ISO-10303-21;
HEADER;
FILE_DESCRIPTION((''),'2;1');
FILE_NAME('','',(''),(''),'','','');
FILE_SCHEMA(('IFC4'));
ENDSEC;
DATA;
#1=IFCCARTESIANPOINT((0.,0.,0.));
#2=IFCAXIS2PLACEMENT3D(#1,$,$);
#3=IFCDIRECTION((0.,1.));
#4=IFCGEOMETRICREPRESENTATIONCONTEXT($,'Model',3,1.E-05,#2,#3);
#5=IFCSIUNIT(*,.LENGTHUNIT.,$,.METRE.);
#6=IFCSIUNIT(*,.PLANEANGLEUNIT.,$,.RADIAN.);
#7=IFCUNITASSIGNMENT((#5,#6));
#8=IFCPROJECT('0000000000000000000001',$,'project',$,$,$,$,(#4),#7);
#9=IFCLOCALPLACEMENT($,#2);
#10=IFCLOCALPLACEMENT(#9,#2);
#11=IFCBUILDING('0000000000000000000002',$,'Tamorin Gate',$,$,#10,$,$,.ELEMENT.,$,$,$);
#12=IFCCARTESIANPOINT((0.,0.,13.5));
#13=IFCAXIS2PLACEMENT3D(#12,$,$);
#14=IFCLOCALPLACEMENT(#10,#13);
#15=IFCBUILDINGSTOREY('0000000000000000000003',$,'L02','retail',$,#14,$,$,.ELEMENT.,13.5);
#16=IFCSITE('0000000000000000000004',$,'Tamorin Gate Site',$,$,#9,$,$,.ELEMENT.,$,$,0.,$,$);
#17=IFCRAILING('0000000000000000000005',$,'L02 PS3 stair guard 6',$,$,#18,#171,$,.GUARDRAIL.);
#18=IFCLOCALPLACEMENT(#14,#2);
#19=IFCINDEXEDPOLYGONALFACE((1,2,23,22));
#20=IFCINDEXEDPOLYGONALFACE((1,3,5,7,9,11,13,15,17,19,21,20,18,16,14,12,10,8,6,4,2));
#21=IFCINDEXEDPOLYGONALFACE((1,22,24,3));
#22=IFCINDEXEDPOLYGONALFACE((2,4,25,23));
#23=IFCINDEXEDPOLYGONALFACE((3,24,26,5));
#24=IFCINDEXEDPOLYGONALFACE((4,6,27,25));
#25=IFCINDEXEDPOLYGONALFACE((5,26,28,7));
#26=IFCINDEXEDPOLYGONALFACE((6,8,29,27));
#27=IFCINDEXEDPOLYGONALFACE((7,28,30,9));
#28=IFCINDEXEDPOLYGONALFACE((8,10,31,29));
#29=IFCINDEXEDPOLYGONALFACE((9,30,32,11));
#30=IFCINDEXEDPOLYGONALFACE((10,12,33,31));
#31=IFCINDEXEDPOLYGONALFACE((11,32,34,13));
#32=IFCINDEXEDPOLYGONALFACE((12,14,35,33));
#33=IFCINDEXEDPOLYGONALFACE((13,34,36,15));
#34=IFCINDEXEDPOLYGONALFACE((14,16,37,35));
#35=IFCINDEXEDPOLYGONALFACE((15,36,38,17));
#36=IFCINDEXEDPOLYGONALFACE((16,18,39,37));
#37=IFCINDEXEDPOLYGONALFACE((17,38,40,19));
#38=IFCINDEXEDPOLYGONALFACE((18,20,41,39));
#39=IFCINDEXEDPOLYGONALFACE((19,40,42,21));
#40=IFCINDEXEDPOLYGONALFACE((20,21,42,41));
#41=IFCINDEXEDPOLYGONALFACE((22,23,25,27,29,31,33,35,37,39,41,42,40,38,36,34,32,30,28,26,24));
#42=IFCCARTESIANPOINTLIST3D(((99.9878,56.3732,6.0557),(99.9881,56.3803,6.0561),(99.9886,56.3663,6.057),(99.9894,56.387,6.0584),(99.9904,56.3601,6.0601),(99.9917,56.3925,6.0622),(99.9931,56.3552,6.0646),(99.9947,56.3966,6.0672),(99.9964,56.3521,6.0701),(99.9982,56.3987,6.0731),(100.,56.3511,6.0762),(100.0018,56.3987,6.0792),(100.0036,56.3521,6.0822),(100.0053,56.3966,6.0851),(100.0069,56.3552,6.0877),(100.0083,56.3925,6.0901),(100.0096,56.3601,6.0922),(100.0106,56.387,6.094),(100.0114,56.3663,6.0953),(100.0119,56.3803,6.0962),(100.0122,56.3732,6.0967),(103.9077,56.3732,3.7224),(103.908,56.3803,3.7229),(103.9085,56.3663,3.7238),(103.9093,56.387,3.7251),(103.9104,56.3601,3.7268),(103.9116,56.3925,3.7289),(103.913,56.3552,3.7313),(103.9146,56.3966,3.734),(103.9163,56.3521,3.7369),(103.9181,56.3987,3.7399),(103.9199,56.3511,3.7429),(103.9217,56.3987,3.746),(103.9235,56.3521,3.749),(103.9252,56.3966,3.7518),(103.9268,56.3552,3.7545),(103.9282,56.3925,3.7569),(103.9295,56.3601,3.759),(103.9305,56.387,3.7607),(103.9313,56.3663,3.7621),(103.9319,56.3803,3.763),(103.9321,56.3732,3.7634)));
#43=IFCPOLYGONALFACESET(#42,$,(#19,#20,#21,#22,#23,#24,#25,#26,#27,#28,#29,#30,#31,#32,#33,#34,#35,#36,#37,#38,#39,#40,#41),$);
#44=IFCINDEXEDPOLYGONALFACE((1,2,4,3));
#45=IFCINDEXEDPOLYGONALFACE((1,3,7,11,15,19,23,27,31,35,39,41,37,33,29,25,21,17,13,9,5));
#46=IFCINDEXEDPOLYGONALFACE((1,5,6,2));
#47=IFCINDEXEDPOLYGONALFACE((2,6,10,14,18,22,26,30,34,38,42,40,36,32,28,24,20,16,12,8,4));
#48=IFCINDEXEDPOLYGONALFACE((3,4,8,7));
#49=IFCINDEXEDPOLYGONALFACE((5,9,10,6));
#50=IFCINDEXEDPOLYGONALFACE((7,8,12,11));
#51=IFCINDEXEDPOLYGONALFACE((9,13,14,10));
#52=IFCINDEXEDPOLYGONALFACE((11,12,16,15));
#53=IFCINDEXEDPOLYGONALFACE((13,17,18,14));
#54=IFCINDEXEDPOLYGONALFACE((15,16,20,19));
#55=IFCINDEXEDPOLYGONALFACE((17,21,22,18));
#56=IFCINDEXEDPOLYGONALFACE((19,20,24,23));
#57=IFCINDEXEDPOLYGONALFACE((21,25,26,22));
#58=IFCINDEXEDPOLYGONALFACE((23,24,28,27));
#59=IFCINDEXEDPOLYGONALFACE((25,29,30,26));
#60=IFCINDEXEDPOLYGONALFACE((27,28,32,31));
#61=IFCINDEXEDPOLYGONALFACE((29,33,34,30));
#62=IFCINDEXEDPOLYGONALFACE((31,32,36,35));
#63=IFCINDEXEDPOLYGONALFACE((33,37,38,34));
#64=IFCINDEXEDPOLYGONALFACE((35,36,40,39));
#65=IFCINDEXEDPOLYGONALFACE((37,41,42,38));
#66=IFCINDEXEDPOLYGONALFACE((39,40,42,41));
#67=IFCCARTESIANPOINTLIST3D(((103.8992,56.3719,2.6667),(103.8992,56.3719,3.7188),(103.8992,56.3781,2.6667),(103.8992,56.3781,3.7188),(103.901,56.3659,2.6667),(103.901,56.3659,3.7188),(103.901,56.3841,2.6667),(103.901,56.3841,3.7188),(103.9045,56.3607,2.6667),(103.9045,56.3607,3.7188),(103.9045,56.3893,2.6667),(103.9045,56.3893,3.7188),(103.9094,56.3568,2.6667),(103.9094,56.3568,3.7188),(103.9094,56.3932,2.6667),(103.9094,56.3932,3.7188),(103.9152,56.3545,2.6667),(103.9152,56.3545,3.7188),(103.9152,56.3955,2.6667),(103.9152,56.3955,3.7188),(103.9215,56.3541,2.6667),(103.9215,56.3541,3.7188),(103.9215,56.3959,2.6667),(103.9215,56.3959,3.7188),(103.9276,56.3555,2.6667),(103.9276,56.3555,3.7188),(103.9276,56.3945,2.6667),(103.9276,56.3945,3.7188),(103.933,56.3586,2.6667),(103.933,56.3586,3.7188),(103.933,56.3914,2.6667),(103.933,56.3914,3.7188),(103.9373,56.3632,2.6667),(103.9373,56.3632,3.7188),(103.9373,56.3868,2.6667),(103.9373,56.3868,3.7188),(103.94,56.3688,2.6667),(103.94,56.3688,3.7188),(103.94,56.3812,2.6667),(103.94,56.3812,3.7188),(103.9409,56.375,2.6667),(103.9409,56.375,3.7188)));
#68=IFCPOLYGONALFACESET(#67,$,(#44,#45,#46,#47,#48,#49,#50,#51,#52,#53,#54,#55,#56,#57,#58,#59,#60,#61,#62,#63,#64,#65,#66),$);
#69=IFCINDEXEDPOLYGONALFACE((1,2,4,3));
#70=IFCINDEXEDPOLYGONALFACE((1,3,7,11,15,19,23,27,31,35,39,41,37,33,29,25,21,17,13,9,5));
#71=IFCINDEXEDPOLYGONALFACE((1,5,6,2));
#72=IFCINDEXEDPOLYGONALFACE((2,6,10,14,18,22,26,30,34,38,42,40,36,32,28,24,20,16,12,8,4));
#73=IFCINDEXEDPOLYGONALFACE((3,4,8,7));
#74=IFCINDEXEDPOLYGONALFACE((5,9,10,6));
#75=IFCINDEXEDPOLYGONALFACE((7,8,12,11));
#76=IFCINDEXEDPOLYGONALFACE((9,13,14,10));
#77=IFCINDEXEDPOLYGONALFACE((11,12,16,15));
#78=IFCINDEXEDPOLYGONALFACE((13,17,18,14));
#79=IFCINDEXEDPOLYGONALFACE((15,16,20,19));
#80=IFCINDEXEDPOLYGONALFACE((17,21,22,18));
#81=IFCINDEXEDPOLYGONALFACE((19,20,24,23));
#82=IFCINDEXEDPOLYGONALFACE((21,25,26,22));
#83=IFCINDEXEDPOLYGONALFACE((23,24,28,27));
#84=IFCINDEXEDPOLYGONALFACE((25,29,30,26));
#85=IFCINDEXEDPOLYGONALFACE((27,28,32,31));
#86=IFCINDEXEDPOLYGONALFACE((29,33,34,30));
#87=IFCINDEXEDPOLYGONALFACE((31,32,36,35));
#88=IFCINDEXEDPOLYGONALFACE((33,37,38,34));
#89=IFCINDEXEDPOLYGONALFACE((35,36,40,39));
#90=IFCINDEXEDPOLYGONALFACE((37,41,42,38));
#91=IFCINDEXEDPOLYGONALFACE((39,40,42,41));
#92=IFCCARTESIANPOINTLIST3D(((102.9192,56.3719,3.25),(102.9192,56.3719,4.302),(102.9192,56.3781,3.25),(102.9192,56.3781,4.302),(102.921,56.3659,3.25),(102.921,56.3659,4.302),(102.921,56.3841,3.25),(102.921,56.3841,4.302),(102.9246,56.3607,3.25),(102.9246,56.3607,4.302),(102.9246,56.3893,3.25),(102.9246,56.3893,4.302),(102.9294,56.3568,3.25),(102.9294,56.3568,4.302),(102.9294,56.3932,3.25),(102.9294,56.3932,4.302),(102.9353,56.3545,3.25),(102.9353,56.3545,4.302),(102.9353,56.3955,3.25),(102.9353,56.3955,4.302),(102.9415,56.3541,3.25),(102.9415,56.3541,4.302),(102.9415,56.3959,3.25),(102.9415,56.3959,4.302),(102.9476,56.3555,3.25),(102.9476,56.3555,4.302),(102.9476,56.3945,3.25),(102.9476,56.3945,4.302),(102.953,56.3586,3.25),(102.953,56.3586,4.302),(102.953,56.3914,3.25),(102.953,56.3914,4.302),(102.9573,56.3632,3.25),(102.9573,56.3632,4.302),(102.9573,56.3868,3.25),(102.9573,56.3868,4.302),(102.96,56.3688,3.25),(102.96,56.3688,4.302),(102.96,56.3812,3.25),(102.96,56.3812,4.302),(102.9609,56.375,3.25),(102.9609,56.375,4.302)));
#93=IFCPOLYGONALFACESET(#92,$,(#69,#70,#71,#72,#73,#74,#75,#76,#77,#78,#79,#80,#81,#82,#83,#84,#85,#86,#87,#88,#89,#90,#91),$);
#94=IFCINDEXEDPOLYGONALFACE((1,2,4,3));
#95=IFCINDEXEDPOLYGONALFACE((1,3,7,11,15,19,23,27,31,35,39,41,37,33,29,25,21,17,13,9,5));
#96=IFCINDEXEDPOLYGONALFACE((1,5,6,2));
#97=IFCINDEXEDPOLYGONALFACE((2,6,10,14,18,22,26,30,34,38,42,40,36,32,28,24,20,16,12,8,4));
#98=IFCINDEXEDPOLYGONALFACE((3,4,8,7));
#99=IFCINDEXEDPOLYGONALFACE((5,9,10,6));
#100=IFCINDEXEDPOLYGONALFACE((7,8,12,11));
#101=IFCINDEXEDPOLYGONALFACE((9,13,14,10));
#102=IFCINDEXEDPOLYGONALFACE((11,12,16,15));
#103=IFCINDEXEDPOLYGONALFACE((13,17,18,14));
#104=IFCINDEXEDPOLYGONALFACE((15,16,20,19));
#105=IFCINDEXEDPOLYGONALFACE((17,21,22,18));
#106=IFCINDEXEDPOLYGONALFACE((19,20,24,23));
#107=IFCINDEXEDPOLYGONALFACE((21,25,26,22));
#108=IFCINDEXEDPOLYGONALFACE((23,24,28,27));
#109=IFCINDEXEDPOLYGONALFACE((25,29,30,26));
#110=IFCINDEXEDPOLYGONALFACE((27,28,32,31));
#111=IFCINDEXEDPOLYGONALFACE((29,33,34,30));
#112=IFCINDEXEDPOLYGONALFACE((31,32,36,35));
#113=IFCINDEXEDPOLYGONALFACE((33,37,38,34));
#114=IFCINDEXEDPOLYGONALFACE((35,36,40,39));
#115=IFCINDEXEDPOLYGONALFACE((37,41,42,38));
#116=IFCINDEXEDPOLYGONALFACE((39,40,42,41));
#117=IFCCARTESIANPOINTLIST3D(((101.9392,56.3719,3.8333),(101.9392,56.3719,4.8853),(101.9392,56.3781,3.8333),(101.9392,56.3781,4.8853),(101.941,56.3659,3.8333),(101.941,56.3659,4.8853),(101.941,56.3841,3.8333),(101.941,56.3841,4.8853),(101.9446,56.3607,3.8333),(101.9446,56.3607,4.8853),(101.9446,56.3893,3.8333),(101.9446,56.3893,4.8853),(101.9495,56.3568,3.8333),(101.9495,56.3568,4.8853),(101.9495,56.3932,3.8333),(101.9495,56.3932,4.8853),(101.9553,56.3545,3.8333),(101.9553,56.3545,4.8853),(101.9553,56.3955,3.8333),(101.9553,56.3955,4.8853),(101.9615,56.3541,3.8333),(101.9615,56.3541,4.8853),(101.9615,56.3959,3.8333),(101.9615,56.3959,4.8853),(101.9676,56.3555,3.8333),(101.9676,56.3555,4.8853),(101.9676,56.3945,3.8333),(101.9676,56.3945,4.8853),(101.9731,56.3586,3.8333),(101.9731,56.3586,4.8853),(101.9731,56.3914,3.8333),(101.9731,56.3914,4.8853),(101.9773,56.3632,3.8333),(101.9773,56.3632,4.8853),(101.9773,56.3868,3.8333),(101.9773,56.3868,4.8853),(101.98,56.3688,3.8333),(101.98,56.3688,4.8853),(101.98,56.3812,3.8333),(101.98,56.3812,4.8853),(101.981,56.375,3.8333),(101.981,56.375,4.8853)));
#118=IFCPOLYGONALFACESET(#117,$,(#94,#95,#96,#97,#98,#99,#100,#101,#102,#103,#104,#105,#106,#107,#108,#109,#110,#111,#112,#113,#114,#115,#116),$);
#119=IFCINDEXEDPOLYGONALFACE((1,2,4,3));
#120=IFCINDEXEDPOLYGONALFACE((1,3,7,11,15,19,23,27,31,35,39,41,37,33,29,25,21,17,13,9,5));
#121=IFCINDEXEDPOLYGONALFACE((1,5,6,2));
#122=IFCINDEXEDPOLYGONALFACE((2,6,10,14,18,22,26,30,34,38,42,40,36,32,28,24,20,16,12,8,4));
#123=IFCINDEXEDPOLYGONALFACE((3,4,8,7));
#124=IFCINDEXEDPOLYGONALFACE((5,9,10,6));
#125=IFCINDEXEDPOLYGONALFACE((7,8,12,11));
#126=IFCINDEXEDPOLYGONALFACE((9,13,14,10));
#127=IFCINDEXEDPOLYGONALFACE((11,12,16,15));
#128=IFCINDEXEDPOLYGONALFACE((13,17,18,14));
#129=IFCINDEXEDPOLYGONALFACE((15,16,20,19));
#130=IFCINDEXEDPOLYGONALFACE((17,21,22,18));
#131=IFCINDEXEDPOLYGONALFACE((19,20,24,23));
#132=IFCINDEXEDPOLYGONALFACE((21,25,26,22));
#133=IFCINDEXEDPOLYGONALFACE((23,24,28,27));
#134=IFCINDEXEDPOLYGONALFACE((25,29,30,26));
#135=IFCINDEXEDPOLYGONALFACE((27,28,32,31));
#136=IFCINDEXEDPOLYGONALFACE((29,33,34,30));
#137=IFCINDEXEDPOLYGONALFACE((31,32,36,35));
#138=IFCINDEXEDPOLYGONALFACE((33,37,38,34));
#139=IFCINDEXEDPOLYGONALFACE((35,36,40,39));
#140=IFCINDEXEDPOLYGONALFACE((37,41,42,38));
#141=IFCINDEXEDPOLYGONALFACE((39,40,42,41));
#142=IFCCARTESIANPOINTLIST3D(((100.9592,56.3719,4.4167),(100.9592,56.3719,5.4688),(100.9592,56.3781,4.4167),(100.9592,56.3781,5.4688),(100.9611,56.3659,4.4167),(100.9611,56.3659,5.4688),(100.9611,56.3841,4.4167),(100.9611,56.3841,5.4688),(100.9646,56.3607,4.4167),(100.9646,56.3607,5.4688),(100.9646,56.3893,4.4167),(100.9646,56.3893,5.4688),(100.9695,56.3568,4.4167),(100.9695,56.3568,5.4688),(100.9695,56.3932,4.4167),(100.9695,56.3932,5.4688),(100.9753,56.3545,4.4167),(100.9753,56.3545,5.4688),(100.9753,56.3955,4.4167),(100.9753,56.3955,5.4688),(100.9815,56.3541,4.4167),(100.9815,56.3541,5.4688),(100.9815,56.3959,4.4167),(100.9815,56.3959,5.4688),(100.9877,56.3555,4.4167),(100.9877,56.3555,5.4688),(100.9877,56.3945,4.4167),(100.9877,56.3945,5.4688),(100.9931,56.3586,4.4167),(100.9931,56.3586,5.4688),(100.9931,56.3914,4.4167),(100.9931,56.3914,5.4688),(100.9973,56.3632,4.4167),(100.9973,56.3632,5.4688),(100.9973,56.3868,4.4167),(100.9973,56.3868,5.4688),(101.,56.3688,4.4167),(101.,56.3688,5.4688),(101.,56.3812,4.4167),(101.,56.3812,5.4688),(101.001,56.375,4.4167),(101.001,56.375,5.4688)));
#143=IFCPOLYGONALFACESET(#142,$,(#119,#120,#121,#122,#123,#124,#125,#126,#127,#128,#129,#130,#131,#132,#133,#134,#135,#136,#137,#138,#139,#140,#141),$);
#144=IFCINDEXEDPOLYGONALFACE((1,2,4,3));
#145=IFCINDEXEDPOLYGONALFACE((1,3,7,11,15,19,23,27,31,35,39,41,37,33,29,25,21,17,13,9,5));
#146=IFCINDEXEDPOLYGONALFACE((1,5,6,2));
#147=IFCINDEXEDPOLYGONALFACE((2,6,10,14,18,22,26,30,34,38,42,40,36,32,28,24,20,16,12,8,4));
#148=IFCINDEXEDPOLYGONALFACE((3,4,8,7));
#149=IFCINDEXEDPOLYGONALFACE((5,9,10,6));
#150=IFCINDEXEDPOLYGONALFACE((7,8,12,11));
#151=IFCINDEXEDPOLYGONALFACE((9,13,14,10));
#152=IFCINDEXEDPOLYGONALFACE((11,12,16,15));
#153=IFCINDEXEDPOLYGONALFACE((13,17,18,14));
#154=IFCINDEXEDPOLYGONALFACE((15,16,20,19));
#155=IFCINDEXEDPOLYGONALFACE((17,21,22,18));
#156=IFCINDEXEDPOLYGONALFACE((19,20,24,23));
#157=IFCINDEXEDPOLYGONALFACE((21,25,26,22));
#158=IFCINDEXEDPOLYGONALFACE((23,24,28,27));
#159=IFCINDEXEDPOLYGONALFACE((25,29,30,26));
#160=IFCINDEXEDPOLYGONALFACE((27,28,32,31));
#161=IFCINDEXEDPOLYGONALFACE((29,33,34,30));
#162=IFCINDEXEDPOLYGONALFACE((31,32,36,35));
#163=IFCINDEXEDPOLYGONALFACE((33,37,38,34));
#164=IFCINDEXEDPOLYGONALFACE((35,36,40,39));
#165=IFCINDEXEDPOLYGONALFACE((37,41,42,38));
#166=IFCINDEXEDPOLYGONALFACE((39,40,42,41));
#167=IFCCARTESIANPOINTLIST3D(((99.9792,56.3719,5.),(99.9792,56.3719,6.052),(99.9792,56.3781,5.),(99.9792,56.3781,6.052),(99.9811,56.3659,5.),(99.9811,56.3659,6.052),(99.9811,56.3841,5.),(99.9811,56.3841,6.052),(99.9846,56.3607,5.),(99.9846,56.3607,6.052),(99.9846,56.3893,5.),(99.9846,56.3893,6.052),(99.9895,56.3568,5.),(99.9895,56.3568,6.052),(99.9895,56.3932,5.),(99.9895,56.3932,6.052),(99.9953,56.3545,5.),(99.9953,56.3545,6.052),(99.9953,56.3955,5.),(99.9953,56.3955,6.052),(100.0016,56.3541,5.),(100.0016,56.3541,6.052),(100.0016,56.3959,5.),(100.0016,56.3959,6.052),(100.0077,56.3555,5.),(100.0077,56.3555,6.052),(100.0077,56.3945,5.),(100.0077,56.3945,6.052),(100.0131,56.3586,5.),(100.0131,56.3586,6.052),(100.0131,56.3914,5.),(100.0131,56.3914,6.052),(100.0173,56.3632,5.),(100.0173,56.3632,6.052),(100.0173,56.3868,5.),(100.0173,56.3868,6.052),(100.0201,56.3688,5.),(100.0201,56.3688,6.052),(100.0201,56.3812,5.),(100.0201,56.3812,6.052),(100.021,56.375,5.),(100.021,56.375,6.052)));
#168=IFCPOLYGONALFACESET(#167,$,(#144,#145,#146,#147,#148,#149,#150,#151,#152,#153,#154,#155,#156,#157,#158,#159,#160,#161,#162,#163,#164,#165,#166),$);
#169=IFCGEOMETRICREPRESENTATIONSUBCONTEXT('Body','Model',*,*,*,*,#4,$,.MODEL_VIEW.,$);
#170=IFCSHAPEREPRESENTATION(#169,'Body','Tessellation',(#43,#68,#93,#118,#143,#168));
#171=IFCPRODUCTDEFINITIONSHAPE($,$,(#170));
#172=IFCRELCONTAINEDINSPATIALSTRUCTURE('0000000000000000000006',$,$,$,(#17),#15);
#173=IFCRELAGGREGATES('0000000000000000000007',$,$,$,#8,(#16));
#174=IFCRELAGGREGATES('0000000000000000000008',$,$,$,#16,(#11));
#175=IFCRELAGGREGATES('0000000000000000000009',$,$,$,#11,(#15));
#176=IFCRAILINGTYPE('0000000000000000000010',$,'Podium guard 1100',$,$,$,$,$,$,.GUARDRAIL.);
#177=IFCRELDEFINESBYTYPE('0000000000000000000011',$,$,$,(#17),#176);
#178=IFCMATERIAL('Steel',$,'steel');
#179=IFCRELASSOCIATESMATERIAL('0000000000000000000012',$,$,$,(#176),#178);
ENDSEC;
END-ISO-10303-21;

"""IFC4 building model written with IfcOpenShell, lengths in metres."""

from ifc_helpers import new_model, si_unit, direction, frame, origin, origin_2d, place, context, subcontext, project, spatial, circle, extrude, material, type_object, element, save


model = new_model("IFC4")

# Units and contexts
model_context = context("Model", 3, precision=1e-05, world=origin(), true_north=direction((0.0, 1.0)))
body_context = subcontext(model_context, "Body", "Model", "MODEL_VIEW")
ifc_project = project(units=[si_unit("LENGTHUNIT", "METRE"), si_unit("PLANEANGLEUNIT", "RADIAN")], contexts=[model_context])

# Site, building, storey
site_placement = place(None, origin())
site = spatial("IfcSite", under=ifc_project, at=site_placement, Name="Tamorin Gate Site", CompositionType="ELEMENT", RefElevation=0.0)
building_placement = place(site_placement, origin())
building = spatial("IfcBuilding", under=site, at=building_placement, Name="Tamorin Gate", CompositionType="ELEMENT")
storey_placement = place(building_placement, frame((0.0, 0.0, 13.5)))
storey = spatial("IfcBuildingStorey", under=building, at=storey_placement, Name="L02", Description="retail", CompositionType="ELEMENT", Elevation=13.5)

# Railing
ifc_material_1 = material(Name="Steel", Category="steel")
railing_type_1 = type_object("IfcRailingType", Name="Podium guard 1100", PredefinedType="GUARDRAIL", material=ifc_material_1)
railing_1_placement = place(storey_placement, frame((103.9199, 56.375, 2.6667)))
element("IfcRailing", 1, at=railing_1_placement, inside=storey, type_object=railing_type_1, Name="L02 PS3 stair guard 6", PredefinedType="GUARDRAIL", context=body_context, shape_type="SweptSolid", body=[
    extrude(circle(Radius=0.0239, at=origin_2d()), frame((0.0, 0.0, 1.0762), z_axis=(-0.859296, 0.0, 0.511478), x_axis=(0.0, -1.0, 0.0)), (0.0, 0.0, 1.0), 4.5618),
    extrude(circle(Radius=0.021, at=origin_2d()), origin(), (0.0, 0.0, 1.0), 1.052),
    extrude(circle(Radius=0.021, at=origin_2d()), frame((-0.98, 0.0, 0.5833)), (0.0, 0.0, 1.0), 1.052),
    extrude(circle(Radius=0.021, at=origin_2d()), frame((-1.96, 0.0, 1.1665)), (0.0, 0.0, 1.0), 1.052),
    extrude(circle(Radius=0.021, at=origin_2d()), frame((-2.9399, 0.0, 1.75)), (0.0, 0.0, 1.0), 1.052),
    extrude(circle(Radius=0.021, at=origin_2d()), frame((-3.9199, 0.0, 2.3333)), (0.0, 0.0, 1.0), 1.052),
])

save(model, "model.ifc")
